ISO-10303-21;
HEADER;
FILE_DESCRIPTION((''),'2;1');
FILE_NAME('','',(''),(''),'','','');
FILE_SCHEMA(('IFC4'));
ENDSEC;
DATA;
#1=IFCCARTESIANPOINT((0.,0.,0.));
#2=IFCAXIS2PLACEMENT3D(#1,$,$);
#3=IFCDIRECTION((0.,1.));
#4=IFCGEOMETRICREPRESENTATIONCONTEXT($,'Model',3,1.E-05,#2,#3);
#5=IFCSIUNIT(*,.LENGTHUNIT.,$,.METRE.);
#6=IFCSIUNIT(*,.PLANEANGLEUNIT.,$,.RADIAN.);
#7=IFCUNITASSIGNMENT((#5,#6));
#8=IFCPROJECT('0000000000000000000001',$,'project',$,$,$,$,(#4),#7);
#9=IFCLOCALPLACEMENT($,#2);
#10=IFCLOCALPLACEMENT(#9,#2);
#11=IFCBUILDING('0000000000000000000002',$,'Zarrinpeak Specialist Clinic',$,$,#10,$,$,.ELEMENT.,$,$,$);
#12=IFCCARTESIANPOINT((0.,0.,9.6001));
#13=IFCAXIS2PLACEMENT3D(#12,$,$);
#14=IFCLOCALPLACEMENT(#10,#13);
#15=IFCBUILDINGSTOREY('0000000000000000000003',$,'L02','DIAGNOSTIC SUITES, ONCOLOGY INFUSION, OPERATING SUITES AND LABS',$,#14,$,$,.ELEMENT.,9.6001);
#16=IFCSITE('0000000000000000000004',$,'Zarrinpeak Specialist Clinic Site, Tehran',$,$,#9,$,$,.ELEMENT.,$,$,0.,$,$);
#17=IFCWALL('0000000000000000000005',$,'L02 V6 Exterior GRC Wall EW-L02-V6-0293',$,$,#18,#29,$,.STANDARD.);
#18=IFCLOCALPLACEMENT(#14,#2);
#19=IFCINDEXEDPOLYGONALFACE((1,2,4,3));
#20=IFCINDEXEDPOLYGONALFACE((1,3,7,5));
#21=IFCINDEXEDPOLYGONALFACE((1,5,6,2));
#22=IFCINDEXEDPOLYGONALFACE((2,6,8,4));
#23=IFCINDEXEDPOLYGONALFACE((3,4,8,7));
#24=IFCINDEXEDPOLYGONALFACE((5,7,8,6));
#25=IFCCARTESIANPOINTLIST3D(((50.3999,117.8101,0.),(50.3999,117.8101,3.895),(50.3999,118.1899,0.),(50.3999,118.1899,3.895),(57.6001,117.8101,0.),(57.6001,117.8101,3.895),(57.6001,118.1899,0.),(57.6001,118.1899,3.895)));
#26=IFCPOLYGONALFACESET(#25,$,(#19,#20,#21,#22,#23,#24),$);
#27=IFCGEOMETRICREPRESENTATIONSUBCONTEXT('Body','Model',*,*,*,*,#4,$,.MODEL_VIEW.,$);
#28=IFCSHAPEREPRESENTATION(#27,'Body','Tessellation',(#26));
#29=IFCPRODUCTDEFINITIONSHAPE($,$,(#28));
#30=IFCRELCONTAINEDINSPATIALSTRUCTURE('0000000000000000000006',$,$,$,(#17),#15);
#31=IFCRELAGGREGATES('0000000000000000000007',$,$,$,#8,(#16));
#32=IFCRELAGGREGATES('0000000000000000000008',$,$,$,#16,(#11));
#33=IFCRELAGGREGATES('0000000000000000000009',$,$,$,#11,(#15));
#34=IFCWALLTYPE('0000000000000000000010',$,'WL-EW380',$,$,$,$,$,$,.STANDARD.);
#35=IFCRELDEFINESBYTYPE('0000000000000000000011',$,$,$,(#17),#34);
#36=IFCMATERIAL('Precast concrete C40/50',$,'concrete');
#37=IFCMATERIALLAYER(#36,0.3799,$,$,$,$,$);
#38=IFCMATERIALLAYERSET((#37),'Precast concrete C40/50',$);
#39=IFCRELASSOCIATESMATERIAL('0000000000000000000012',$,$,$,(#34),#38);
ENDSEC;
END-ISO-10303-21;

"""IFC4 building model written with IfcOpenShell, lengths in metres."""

from ifc_helpers import new_model, si_unit, direction, frame, frame_2d, origin, place, context, subcontext, project, spatial, rectangle, extrude, material, layer, layer_set, type_object, element, save


model = new_model("IFC4")

# Units and contexts
model_context = context("Model", 3, precision=1e-05, world=origin(), true_north=direction((0.0, 1.0)))
body_context = subcontext(model_context, "Body", "Model", "MODEL_VIEW")
ifc_project = project(units=[si_unit("LENGTHUNIT", "METRE"), si_unit("PLANEANGLEUNIT", "RADIAN")], contexts=[model_context])

# Site, building, storey
site_placement = place(None, origin())
site = spatial("IfcSite", under=ifc_project, at=site_placement, Name="Zarrinpeak Specialist Clinic Site, Tehran", CompositionType="ELEMENT", RefElevation=0.0)
building_placement = place(site_placement, origin())
building = spatial("IfcBuilding", under=site, at=building_placement, Name="Zarrinpeak Specialist Clinic", CompositionType="ELEMENT")
storey_placement = place(building_placement, frame((0.0, 0.0, 9.6001)))
storey = spatial("IfcBuildingStorey", under=building, at=storey_placement, Name="L02", Description="DIAGNOSTIC SUITES, ONCOLOGY INFUSION, OPERATING SUITES AND LABS", CompositionType="ELEMENT", Elevation=9.6001)

# Wall
ifc_material_1 = material(Name="Precast concrete C40/50", Category="concrete")
ifc_layer = layer(ifc_material_1, 0.3799)
ifc_layer_set = layer_set([ifc_layer], Name="Precast concrete C40/50")
wall_type = type_object("IfcWallType", Name="WL-EW380", PredefinedType="STANDARD", material=ifc_layer_set)
wall_1_placement = place(storey_placement, frame((57.6001, 118.0, 0.0), z_axis=(0.0, 0.0, 1.0), x_axis=(-1.0, 0.0, 0.0)))
element("IfcWall", 1, at=wall_1_placement, inside=storey, type_object=wall_type, Name="L02 V6 Exterior GRC Wall EW-L02-V6-0293", PredefinedType="STANDARD", context=body_context, shape_type="SweptSolid", body=[
    extrude(rectangle(XDim=7.2002, YDim=0.3799, at=frame_2d((3.6001, 0.0))), origin(), (0.0, 0.0, 1.0), 3.895),
])

save(model, "model.ifc")
